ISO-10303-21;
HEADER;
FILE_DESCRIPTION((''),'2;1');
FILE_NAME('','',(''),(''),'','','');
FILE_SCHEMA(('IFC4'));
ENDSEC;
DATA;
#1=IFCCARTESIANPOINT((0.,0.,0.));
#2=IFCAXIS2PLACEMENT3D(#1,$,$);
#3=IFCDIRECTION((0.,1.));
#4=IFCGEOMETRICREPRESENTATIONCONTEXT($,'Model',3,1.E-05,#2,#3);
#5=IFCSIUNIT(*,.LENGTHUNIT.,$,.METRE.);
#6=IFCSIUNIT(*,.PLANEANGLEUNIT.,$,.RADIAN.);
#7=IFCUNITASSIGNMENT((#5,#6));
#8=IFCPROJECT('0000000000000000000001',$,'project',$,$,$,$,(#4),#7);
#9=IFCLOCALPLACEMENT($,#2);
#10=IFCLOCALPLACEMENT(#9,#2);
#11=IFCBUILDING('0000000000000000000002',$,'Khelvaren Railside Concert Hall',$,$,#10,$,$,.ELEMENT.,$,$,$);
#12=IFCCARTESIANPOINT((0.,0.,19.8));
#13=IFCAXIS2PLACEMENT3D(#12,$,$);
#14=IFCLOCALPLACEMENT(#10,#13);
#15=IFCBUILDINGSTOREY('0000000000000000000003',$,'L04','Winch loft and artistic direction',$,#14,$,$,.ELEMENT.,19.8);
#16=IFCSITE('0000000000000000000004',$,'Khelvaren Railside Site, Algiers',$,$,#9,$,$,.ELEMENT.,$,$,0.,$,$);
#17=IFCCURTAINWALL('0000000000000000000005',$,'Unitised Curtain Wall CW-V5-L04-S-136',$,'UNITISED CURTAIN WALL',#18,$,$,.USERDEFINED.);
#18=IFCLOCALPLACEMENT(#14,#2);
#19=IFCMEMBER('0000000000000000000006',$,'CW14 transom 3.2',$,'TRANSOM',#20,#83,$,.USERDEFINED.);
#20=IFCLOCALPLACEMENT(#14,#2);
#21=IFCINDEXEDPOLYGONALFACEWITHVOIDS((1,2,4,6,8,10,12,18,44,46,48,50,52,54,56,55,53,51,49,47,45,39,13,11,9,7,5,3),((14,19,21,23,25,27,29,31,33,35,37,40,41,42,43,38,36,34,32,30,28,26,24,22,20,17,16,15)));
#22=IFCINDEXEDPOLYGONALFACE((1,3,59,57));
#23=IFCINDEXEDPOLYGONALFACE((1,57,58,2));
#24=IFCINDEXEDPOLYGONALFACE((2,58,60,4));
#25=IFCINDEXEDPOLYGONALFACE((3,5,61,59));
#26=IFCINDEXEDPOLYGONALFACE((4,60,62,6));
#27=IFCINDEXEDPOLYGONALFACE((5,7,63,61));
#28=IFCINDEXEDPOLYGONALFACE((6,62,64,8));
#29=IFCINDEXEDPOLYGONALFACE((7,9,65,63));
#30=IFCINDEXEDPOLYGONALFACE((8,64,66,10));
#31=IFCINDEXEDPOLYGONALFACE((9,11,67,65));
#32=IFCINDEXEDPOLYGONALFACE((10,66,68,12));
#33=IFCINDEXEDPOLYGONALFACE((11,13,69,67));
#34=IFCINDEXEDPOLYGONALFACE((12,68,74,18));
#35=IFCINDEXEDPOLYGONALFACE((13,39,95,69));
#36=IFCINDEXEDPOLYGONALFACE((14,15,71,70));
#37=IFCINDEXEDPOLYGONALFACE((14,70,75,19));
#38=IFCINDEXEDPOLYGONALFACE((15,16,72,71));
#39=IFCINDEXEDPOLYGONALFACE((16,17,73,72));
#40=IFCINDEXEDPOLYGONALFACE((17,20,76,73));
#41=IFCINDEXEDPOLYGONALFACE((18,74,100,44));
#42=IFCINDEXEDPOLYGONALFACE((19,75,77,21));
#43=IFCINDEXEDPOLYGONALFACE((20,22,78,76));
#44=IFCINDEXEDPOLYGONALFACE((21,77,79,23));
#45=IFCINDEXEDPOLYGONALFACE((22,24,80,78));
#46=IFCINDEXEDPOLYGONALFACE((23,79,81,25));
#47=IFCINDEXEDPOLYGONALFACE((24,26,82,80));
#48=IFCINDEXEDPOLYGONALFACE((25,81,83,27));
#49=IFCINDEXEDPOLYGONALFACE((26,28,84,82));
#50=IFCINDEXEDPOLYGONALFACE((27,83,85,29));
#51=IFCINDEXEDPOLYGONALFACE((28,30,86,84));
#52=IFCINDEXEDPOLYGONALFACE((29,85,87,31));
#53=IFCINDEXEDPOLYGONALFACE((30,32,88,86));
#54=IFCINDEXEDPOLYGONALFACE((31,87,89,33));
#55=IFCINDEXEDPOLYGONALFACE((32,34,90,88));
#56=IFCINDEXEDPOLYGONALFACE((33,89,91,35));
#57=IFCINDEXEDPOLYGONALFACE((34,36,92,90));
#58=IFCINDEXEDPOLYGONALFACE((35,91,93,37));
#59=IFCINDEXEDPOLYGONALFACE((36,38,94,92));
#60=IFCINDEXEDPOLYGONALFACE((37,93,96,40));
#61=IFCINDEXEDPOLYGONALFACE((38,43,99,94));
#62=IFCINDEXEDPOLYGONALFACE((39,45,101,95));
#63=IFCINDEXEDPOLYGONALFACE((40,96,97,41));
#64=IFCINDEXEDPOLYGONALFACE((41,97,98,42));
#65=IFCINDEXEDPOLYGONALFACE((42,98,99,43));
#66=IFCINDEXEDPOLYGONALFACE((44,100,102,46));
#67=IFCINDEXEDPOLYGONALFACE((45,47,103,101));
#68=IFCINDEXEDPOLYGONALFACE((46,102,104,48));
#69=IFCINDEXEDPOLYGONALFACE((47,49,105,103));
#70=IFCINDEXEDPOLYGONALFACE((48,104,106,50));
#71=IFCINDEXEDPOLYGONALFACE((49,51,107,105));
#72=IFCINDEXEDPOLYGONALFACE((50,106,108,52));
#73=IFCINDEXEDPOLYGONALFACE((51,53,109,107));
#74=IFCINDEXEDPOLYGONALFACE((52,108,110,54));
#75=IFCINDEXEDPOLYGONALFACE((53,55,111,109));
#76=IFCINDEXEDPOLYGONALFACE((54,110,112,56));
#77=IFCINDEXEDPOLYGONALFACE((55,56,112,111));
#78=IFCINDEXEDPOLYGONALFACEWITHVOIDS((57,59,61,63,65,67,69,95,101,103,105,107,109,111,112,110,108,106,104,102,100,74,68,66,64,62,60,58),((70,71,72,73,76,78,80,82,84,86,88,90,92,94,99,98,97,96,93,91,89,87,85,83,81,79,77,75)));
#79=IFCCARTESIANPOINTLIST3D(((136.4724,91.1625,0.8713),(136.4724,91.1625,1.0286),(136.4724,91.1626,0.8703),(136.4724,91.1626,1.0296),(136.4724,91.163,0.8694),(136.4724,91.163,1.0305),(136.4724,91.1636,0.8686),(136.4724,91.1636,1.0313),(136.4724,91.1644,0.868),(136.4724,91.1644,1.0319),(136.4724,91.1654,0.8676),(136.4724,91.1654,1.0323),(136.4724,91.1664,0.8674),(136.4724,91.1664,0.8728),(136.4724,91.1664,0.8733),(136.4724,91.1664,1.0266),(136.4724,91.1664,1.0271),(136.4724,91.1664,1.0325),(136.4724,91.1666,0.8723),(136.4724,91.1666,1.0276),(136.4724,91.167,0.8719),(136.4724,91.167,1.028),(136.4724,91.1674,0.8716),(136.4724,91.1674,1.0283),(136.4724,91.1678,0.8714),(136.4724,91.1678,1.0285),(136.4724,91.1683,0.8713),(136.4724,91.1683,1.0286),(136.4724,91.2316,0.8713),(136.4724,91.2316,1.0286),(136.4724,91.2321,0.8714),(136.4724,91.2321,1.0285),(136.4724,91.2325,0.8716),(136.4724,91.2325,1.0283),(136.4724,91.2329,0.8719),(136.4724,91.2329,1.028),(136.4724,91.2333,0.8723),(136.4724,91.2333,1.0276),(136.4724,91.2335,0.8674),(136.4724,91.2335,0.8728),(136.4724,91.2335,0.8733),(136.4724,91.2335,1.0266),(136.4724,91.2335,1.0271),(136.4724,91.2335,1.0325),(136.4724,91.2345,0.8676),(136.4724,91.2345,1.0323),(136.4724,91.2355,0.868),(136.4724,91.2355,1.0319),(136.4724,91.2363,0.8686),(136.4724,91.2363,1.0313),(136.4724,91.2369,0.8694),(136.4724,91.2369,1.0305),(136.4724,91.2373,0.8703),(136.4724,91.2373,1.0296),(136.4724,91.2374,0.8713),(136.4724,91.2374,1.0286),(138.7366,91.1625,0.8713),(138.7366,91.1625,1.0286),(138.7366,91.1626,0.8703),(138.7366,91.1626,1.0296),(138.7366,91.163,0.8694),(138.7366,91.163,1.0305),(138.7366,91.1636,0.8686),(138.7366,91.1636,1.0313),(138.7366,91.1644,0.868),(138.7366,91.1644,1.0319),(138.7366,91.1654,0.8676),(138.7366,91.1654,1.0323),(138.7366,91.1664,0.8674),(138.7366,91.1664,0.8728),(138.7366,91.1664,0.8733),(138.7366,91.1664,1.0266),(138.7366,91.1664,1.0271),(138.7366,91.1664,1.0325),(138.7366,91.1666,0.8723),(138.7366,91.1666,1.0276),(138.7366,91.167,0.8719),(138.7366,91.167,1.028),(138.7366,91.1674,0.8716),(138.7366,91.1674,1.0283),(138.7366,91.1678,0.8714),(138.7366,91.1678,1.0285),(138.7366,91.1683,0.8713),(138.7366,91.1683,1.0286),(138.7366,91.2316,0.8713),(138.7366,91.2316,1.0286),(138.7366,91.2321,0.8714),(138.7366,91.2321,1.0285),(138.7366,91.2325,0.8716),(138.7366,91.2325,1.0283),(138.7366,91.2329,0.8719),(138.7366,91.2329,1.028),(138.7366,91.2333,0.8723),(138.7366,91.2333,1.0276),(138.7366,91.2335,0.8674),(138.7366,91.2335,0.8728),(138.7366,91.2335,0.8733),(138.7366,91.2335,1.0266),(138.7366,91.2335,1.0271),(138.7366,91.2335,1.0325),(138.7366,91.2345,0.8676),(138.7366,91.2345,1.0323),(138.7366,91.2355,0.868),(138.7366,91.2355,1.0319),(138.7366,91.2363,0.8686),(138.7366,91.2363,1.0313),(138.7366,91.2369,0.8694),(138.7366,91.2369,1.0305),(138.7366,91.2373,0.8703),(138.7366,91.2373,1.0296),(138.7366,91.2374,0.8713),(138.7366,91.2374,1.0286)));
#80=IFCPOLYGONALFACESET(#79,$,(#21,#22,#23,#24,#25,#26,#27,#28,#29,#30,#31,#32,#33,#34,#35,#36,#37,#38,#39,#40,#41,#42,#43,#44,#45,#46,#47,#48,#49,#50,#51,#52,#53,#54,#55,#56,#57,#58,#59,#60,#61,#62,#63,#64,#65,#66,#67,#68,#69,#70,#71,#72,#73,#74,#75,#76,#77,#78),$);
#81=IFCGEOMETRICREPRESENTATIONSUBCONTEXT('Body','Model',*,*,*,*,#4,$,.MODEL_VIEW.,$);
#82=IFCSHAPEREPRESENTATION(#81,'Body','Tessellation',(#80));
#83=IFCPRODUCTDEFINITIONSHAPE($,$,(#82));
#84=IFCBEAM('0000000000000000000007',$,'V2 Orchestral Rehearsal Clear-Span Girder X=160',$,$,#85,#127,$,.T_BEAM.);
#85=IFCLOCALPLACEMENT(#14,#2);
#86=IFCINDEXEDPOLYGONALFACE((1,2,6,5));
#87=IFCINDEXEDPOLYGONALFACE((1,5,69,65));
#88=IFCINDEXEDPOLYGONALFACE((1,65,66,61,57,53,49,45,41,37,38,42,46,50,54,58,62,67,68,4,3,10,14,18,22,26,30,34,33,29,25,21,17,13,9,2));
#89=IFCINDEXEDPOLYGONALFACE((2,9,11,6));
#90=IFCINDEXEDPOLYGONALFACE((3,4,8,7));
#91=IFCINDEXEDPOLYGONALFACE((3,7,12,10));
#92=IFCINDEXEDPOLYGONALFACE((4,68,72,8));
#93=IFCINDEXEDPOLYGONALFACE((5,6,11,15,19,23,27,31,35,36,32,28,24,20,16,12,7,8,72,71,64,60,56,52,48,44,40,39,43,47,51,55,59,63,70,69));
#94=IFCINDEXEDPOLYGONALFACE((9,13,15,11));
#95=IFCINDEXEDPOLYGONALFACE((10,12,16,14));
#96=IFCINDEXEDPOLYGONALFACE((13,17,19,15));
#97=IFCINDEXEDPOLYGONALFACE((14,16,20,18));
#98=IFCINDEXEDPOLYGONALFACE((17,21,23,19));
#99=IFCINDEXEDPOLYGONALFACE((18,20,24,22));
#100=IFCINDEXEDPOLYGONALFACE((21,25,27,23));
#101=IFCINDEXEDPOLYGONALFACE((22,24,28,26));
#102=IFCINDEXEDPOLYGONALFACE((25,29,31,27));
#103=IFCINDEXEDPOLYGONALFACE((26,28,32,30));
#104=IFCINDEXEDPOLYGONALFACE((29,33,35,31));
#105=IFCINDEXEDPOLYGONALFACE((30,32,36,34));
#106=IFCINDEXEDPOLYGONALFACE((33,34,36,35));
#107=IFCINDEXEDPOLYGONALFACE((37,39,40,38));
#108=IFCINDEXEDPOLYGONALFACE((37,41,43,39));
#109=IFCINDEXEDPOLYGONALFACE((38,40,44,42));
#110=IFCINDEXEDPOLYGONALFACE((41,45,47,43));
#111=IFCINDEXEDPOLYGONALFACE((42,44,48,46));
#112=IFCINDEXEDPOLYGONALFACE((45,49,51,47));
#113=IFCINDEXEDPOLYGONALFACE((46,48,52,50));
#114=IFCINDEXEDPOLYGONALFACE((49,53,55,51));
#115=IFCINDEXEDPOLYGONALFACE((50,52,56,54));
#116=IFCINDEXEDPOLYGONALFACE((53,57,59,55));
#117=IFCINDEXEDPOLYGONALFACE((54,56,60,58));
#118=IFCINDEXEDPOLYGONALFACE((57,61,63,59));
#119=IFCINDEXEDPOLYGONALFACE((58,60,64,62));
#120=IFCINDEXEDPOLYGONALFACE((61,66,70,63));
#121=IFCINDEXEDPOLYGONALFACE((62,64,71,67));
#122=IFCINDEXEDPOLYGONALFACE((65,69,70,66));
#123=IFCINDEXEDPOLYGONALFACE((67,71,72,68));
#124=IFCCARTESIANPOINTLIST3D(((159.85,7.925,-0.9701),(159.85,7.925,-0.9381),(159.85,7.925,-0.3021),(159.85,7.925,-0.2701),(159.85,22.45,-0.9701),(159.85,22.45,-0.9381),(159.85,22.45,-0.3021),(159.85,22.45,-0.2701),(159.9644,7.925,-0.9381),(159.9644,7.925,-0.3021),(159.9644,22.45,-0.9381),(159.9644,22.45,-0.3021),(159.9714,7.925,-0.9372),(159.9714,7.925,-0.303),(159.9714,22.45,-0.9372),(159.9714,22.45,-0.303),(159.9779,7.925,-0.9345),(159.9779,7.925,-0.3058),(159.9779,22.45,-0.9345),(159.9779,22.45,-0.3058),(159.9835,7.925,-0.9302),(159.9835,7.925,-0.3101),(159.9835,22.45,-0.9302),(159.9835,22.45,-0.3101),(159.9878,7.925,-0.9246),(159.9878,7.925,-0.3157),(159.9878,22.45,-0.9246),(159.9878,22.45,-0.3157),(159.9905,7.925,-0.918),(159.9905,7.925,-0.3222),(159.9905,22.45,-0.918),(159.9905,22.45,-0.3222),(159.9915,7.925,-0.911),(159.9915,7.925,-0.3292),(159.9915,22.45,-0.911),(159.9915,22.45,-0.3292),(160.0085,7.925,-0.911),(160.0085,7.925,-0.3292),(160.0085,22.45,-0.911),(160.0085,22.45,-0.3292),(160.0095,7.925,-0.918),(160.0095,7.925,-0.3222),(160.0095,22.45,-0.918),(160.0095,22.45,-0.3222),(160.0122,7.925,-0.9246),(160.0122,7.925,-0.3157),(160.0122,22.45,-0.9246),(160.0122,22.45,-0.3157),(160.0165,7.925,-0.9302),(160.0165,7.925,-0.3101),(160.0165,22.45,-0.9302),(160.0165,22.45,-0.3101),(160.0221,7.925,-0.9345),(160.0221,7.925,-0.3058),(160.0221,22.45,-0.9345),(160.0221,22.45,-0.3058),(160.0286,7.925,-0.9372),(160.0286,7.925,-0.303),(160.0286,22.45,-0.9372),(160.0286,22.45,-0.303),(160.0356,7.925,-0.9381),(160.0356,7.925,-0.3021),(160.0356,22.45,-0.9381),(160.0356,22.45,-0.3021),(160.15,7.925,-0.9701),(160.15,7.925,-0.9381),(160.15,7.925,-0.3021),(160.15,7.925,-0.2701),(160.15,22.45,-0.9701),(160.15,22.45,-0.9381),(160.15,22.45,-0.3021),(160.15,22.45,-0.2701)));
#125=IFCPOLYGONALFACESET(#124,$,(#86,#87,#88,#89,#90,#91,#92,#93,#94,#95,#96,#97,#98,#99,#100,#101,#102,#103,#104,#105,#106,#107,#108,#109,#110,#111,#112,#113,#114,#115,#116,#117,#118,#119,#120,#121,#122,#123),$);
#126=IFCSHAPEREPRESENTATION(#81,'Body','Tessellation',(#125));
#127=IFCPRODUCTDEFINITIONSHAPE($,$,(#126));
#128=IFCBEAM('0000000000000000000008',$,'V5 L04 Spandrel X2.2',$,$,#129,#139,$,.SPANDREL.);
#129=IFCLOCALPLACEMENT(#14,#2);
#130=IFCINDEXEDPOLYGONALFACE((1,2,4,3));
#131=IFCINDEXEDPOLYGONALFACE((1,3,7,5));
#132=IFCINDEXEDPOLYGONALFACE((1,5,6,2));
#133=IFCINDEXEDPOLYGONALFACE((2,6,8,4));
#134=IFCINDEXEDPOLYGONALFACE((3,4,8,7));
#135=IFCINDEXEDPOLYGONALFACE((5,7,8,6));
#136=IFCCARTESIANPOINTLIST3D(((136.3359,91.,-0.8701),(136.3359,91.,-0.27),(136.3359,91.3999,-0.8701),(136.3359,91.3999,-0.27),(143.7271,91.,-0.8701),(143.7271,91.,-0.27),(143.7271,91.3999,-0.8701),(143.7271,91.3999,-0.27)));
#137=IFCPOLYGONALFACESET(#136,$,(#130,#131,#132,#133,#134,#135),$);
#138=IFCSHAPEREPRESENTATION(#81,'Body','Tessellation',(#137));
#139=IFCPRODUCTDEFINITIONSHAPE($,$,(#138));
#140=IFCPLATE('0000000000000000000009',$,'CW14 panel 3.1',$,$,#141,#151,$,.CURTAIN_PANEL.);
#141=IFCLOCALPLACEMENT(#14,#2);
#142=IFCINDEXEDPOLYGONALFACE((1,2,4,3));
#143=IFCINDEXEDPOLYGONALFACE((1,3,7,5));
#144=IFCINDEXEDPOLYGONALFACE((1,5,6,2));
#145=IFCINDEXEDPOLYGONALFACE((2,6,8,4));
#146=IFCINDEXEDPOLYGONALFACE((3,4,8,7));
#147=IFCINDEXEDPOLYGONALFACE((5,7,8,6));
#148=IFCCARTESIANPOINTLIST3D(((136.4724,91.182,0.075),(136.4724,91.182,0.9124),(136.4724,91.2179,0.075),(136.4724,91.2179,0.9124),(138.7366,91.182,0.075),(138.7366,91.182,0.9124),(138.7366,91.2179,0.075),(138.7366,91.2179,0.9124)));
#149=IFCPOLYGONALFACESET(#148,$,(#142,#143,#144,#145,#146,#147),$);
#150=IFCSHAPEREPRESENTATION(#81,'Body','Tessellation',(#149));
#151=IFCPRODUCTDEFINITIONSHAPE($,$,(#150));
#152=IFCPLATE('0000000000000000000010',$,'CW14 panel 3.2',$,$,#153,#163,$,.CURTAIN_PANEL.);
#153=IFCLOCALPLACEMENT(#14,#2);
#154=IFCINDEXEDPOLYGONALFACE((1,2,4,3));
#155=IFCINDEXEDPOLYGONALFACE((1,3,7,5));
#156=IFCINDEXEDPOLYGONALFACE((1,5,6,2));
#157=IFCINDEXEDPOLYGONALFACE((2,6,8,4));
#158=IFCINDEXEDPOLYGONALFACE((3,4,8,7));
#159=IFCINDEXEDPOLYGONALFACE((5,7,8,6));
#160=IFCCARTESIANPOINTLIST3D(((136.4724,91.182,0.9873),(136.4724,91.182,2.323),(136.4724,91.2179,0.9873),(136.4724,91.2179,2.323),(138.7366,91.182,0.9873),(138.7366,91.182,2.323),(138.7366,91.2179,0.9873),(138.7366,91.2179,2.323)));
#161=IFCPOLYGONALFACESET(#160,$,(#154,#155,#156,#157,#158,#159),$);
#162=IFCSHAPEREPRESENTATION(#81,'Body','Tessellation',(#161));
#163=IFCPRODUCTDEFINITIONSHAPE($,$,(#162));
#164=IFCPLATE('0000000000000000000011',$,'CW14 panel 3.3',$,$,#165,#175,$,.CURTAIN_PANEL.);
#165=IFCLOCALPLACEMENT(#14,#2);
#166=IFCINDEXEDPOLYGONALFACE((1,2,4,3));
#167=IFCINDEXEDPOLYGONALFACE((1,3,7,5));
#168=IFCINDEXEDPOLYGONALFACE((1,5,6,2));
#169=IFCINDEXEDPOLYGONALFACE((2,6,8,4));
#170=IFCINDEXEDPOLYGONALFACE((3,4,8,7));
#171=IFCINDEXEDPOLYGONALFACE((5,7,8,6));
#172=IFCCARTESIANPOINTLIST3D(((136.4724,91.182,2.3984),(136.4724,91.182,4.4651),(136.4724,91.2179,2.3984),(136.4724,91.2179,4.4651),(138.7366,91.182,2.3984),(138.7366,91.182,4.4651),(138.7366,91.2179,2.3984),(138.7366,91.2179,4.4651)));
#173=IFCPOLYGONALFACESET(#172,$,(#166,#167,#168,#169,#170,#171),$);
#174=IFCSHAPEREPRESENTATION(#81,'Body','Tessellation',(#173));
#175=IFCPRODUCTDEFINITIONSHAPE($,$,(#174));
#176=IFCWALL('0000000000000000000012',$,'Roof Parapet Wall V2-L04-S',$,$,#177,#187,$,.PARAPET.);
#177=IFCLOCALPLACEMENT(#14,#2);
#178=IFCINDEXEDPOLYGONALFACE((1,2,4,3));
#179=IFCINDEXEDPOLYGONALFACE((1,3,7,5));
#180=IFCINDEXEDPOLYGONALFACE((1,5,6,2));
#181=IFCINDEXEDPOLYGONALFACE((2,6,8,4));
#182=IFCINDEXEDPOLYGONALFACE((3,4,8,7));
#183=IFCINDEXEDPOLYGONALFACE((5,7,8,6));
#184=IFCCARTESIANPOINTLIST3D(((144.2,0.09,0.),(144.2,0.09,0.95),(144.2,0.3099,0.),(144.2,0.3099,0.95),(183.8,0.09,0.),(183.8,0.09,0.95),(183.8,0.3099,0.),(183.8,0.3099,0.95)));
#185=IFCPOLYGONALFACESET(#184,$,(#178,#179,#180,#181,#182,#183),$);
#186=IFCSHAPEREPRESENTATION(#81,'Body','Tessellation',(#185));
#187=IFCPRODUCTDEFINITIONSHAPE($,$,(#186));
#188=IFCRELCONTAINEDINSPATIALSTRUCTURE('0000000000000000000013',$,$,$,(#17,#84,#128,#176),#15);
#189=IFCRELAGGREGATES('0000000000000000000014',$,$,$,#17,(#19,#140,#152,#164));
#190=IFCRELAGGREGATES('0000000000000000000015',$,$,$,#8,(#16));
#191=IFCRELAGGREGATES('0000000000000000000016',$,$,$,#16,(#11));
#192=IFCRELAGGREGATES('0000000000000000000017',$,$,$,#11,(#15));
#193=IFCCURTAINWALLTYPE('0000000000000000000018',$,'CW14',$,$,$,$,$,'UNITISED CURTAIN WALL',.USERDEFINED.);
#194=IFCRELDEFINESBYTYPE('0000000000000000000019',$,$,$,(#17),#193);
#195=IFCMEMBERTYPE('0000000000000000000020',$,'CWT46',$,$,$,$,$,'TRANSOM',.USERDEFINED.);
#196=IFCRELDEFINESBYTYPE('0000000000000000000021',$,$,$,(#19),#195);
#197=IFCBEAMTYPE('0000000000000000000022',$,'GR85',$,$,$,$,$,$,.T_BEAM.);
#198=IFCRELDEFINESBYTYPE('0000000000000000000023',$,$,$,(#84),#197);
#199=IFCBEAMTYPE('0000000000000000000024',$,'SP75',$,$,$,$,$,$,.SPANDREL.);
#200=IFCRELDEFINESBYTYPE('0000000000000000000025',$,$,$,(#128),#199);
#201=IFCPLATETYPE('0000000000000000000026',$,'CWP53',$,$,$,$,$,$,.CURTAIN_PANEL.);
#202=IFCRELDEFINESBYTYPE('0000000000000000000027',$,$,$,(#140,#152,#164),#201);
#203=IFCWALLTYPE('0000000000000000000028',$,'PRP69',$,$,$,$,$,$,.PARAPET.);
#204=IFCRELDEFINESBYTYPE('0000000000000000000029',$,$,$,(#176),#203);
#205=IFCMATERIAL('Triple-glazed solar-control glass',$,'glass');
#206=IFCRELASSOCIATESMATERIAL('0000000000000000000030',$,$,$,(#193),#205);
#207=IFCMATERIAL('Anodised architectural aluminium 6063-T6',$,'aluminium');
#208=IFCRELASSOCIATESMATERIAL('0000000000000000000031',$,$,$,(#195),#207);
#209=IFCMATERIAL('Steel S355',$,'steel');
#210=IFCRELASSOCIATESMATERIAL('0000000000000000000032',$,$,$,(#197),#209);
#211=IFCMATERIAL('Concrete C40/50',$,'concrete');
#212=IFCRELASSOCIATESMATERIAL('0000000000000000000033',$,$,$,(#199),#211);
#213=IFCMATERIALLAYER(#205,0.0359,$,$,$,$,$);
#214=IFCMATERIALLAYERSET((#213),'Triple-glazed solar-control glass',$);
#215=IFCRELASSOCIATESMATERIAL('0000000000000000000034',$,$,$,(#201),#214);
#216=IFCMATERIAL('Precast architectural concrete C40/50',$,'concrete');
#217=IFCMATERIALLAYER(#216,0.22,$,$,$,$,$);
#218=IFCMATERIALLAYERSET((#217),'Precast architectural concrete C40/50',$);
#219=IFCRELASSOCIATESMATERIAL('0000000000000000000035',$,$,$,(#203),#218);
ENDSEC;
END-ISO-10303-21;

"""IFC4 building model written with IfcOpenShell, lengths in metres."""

from ifc_helpers import new_model, si_unit, direction, frame, frame_2d, origin, origin_2d, place, context, subcontext, project, spatial, rectangle, hollow_rectangle, i_section, extrude, material, layer, layer_set, material_profile, profile_set, type_object, element, aggregate, save


model = new_model("IFC4")

# Units and contexts
model_context = context("Model", 3, precision=1e-05, world=origin(), true_north=direction((0.0, 1.0)))
body_context = subcontext(model_context, "Body", "Model", "MODEL_VIEW")
ifc_project = project(units=[si_unit("LENGTHUNIT", "METRE"), si_unit("PLANEANGLEUNIT", "RADIAN")], contexts=[model_context])

# Site, building, storey
site_placement = place(None, origin())
site = spatial("IfcSite", under=ifc_project, at=site_placement, Name="Khelvaren Railside Site, Algiers", CompositionType="ELEMENT", RefElevation=0.0)
building_placement = place(site_placement, origin())
building = spatial("IfcBuilding", under=site, at=building_placement, Name="Khelvaren Railside Concert Hall", CompositionType="ELEMENT")
storey_placement = place(building_placement, frame((0.0, 0.0, 19.8)))
storey = spatial("IfcBuildingStorey", under=building, at=storey_placement, Name="L04", Description="Winch loft and artistic direction", CompositionType="ELEMENT", Elevation=19.8)

# Shared definitions
ifc_material_1 = material(Name="Steel S355", Category="steel")

# Curtain wall, member
ifc_material_2 = material(Name="Triple-glazed solar-control glass", Category="glass")
curtain_wall_type = type_object("IfcCurtainWallType", Name="CW14", ElementType="UNITISED CURTAIN WALL", PredefinedType="USERDEFINED", material=ifc_material_2)
curtain_wall_placement = place(storey_placement, origin())
curtain_wall = element("IfcCurtainWall", 1, at=curtain_wall_placement, inside=storey, type_object=curtain_wall_type, Name="Unitised Curtain Wall CW-V5-L04-S-136", ObjectType="UNITISED CURTAIN WALL", PredefinedType="USERDEFINED")
ifc_material_3 = material(Name="Anodised architectural aluminium 6063-T6", Category="aluminium")
ifc_material_profile_1 = material_profile(ifc_material_3, hollow_rectangle(XDim=0.075, YDim=0.165, WallThickness=0.0039, InnerFilletRadius=0.002, OuterFilletRadius=0.0039, at=origin_2d()), Name="CWT 75x165x4")
ifc_profile_set_1 = profile_set([ifc_material_profile_1], Name="Anodised architectural aluminium 6063-T6")
member_type_1 = type_object("IfcMemberType", Name="CWT46", ElementType="TRANSOM", PredefinedType="USERDEFINED", material=ifc_profile_set_1)
member_1_placement = place(storey_placement, frame((138.7366, 91.2, 0.95), z_axis=(-1.0, 0.0, 0.0), x_axis=(0.0, -1.0, 0.0)))
member_1 = element("IfcMember", 2, at=member_1_placement, type_object=member_type_1, Name="CW14 transom 3.2", ObjectType="TRANSOM", PredefinedType="USERDEFINED", context=body_context, shape_type="SweptSolid", body=[
    extrude(hollow_rectangle(XDim=0.075, YDim=0.165, WallThickness=0.0039, InnerFilletRadius=0.002, OuterFilletRadius=0.0039, at=origin_2d()), origin(), (0.0, 0.0, 1.0), 2.2642),
])

# Beams
ifc_material_profile_2 = material_profile(ifc_material_1, i_section(OverallWidth=0.3, OverallDepth=0.7, WebThickness=0.0171, FlangeThickness=0.032, FilletRadius=0.0271, at=origin_2d()), Name="HEB 700")
ifc_profile_set_2 = profile_set([ifc_material_profile_2], Name="Steel S355")
beam_type_1 = type_object("IfcBeamType", Name="GR85", PredefinedType="T_BEAM", material=ifc_profile_set_2)
beam_1_placement = place(storey_placement, frame((160.0, 7.925, -0.6201), z_axis=(0.0, 1.0, 0.0), x_axis=(-1.0, 0.0, 0.0)))
element("IfcBeam", 3, at=beam_1_placement, inside=storey, type_object=beam_type_1, Name="V2 Orchestral Rehearsal Clear-Span Girder X=160", PredefinedType="T_BEAM", context=body_context, shape_type="SweptSolid", body=[
    extrude(i_section(OverallWidth=0.3, OverallDepth=0.7, WebThickness=0.0171, FlangeThickness=0.032, FilletRadius=0.0271, at=origin_2d()), origin(), (0.0, 0.0, 1.0), 14.5249),
])
ifc_material_4 = material(Name="Concrete C40/50", Category="concrete")
ifc_material_profile_3 = material_profile(ifc_material_4, rectangle(XDim=0.3999, YDim=0.6001, at=origin_2d()), Name="RCB 400x600")
ifc_profile_set_3 = profile_set([ifc_material_profile_3], Name="Concrete C40/50")
beam_type_2 = type_object("IfcBeamType", Name="SP75", PredefinedType="SPANDREL", material=ifc_profile_set_3)
beam_2_placement = place(storey_placement, frame((136.3359, 91.2, -0.5701), z_axis=(1.0, 0.0, 0.0), x_axis=(0.0, 1.0, 0.0)))
element("IfcBeam", 4, at=beam_2_placement, inside=storey, type_object=beam_type_2, Name="V5 L04 Spandrel X2.2", PredefinedType="SPANDREL", context=body_context, shape_type="SweptSolid", body=[
    extrude(rectangle(XDim=0.3999, YDim=0.6001, at=origin_2d()), origin(), (0.0, 0.0, 1.0), 7.3911),
])

# Plates
ifc_layer_1 = layer(ifc_material_2, 0.0359)
ifc_layer_set_1 = layer_set([ifc_layer_1], Name="Triple-glazed solar-control glass")
plate_type = type_object("IfcPlateType", Name="CWP53", PredefinedType="CURTAIN_PANEL", material=ifc_layer_set_1)
plate_1_placement = place(storey_placement, frame((137.6045, 91.2, 0.075), z_axis=(0.0, 0.0, 1.0), x_axis=(-1.0, 0.0, 0.0)))
plate_1 = element("IfcPlate", 5, at=plate_1_placement, type_object=plate_type, Name="CW14 panel 3.1", PredefinedType="CURTAIN_PANEL", context=body_context, shape_type="SweptSolid", body=[
    extrude(rectangle(XDim=2.2642, YDim=0.0359, at=origin_2d()), origin(), (0.0, 0.0, 1.0), 0.8374),
])
plate_2_placement = place(storey_placement, frame((137.6045, 91.2, 0.9873), z_axis=(0.0, 0.0, 1.0), x_axis=(-1.0, 0.0, 0.0)))
plate_2 = element("IfcPlate", 6, at=plate_2_placement, type_object=plate_type, Name="CW14 panel 3.2", PredefinedType="CURTAIN_PANEL", context=body_context, shape_type="SweptSolid", body=[
    extrude(rectangle(XDim=2.2642, YDim=0.0359, at=origin_2d()), origin(), (0.0, 0.0, 1.0), 1.3357),
])
plate_3_placement = place(storey_placement, frame((137.6045, 91.2, 2.3984), z_axis=(0.0, 0.0, 1.0), x_axis=(-1.0, 0.0, 0.0)))
plate_3 = element("IfcPlate", 7, at=plate_3_placement, type_object=plate_type, Name="CW14 panel 3.3", PredefinedType="CURTAIN_PANEL", context=body_context, shape_type="SweptSolid", body=[
    extrude(rectangle(XDim=2.2642, YDim=0.0359, at=origin_2d()), origin(), (0.0, 0.0, 1.0), 2.0667),
])
aggregate(curtain_wall, [member_1, plate_1, plate_2, plate_3])

# Wall
ifc_material_5 = material(Name="Precast architectural concrete C40/50", Category="concrete")
ifc_layer_2 = layer(ifc_material_5, 0.22)
ifc_layer_set_2 = layer_set([ifc_layer_2], Name="Precast architectural concrete C40/50")
wall_type = type_object("IfcWallType", Name="PRP69", PredefinedType="PARAPET", material=ifc_layer_set_2)
wall_1_placement = place(storey_placement, frame((144.2, 0.2, 0.0), z_axis=(0.0, 0.0, 1.0), x_axis=(1.0, 0.0, 0.0)))
element("IfcWall", 8, at=wall_1_placement, inside=storey, type_object=wall_type, Name="Roof Parapet Wall V2-L04-S", PredefinedType="PARAPET", context=body_context, shape_type="SweptSolid", body=[
    extrude(rectangle(XDim=39.6001, YDim=0.22, at=frame_2d((19.8, 0.0))), origin(), (0.0, 0.0, 1.0), 0.95),
])

save(model, "model.ifc")
